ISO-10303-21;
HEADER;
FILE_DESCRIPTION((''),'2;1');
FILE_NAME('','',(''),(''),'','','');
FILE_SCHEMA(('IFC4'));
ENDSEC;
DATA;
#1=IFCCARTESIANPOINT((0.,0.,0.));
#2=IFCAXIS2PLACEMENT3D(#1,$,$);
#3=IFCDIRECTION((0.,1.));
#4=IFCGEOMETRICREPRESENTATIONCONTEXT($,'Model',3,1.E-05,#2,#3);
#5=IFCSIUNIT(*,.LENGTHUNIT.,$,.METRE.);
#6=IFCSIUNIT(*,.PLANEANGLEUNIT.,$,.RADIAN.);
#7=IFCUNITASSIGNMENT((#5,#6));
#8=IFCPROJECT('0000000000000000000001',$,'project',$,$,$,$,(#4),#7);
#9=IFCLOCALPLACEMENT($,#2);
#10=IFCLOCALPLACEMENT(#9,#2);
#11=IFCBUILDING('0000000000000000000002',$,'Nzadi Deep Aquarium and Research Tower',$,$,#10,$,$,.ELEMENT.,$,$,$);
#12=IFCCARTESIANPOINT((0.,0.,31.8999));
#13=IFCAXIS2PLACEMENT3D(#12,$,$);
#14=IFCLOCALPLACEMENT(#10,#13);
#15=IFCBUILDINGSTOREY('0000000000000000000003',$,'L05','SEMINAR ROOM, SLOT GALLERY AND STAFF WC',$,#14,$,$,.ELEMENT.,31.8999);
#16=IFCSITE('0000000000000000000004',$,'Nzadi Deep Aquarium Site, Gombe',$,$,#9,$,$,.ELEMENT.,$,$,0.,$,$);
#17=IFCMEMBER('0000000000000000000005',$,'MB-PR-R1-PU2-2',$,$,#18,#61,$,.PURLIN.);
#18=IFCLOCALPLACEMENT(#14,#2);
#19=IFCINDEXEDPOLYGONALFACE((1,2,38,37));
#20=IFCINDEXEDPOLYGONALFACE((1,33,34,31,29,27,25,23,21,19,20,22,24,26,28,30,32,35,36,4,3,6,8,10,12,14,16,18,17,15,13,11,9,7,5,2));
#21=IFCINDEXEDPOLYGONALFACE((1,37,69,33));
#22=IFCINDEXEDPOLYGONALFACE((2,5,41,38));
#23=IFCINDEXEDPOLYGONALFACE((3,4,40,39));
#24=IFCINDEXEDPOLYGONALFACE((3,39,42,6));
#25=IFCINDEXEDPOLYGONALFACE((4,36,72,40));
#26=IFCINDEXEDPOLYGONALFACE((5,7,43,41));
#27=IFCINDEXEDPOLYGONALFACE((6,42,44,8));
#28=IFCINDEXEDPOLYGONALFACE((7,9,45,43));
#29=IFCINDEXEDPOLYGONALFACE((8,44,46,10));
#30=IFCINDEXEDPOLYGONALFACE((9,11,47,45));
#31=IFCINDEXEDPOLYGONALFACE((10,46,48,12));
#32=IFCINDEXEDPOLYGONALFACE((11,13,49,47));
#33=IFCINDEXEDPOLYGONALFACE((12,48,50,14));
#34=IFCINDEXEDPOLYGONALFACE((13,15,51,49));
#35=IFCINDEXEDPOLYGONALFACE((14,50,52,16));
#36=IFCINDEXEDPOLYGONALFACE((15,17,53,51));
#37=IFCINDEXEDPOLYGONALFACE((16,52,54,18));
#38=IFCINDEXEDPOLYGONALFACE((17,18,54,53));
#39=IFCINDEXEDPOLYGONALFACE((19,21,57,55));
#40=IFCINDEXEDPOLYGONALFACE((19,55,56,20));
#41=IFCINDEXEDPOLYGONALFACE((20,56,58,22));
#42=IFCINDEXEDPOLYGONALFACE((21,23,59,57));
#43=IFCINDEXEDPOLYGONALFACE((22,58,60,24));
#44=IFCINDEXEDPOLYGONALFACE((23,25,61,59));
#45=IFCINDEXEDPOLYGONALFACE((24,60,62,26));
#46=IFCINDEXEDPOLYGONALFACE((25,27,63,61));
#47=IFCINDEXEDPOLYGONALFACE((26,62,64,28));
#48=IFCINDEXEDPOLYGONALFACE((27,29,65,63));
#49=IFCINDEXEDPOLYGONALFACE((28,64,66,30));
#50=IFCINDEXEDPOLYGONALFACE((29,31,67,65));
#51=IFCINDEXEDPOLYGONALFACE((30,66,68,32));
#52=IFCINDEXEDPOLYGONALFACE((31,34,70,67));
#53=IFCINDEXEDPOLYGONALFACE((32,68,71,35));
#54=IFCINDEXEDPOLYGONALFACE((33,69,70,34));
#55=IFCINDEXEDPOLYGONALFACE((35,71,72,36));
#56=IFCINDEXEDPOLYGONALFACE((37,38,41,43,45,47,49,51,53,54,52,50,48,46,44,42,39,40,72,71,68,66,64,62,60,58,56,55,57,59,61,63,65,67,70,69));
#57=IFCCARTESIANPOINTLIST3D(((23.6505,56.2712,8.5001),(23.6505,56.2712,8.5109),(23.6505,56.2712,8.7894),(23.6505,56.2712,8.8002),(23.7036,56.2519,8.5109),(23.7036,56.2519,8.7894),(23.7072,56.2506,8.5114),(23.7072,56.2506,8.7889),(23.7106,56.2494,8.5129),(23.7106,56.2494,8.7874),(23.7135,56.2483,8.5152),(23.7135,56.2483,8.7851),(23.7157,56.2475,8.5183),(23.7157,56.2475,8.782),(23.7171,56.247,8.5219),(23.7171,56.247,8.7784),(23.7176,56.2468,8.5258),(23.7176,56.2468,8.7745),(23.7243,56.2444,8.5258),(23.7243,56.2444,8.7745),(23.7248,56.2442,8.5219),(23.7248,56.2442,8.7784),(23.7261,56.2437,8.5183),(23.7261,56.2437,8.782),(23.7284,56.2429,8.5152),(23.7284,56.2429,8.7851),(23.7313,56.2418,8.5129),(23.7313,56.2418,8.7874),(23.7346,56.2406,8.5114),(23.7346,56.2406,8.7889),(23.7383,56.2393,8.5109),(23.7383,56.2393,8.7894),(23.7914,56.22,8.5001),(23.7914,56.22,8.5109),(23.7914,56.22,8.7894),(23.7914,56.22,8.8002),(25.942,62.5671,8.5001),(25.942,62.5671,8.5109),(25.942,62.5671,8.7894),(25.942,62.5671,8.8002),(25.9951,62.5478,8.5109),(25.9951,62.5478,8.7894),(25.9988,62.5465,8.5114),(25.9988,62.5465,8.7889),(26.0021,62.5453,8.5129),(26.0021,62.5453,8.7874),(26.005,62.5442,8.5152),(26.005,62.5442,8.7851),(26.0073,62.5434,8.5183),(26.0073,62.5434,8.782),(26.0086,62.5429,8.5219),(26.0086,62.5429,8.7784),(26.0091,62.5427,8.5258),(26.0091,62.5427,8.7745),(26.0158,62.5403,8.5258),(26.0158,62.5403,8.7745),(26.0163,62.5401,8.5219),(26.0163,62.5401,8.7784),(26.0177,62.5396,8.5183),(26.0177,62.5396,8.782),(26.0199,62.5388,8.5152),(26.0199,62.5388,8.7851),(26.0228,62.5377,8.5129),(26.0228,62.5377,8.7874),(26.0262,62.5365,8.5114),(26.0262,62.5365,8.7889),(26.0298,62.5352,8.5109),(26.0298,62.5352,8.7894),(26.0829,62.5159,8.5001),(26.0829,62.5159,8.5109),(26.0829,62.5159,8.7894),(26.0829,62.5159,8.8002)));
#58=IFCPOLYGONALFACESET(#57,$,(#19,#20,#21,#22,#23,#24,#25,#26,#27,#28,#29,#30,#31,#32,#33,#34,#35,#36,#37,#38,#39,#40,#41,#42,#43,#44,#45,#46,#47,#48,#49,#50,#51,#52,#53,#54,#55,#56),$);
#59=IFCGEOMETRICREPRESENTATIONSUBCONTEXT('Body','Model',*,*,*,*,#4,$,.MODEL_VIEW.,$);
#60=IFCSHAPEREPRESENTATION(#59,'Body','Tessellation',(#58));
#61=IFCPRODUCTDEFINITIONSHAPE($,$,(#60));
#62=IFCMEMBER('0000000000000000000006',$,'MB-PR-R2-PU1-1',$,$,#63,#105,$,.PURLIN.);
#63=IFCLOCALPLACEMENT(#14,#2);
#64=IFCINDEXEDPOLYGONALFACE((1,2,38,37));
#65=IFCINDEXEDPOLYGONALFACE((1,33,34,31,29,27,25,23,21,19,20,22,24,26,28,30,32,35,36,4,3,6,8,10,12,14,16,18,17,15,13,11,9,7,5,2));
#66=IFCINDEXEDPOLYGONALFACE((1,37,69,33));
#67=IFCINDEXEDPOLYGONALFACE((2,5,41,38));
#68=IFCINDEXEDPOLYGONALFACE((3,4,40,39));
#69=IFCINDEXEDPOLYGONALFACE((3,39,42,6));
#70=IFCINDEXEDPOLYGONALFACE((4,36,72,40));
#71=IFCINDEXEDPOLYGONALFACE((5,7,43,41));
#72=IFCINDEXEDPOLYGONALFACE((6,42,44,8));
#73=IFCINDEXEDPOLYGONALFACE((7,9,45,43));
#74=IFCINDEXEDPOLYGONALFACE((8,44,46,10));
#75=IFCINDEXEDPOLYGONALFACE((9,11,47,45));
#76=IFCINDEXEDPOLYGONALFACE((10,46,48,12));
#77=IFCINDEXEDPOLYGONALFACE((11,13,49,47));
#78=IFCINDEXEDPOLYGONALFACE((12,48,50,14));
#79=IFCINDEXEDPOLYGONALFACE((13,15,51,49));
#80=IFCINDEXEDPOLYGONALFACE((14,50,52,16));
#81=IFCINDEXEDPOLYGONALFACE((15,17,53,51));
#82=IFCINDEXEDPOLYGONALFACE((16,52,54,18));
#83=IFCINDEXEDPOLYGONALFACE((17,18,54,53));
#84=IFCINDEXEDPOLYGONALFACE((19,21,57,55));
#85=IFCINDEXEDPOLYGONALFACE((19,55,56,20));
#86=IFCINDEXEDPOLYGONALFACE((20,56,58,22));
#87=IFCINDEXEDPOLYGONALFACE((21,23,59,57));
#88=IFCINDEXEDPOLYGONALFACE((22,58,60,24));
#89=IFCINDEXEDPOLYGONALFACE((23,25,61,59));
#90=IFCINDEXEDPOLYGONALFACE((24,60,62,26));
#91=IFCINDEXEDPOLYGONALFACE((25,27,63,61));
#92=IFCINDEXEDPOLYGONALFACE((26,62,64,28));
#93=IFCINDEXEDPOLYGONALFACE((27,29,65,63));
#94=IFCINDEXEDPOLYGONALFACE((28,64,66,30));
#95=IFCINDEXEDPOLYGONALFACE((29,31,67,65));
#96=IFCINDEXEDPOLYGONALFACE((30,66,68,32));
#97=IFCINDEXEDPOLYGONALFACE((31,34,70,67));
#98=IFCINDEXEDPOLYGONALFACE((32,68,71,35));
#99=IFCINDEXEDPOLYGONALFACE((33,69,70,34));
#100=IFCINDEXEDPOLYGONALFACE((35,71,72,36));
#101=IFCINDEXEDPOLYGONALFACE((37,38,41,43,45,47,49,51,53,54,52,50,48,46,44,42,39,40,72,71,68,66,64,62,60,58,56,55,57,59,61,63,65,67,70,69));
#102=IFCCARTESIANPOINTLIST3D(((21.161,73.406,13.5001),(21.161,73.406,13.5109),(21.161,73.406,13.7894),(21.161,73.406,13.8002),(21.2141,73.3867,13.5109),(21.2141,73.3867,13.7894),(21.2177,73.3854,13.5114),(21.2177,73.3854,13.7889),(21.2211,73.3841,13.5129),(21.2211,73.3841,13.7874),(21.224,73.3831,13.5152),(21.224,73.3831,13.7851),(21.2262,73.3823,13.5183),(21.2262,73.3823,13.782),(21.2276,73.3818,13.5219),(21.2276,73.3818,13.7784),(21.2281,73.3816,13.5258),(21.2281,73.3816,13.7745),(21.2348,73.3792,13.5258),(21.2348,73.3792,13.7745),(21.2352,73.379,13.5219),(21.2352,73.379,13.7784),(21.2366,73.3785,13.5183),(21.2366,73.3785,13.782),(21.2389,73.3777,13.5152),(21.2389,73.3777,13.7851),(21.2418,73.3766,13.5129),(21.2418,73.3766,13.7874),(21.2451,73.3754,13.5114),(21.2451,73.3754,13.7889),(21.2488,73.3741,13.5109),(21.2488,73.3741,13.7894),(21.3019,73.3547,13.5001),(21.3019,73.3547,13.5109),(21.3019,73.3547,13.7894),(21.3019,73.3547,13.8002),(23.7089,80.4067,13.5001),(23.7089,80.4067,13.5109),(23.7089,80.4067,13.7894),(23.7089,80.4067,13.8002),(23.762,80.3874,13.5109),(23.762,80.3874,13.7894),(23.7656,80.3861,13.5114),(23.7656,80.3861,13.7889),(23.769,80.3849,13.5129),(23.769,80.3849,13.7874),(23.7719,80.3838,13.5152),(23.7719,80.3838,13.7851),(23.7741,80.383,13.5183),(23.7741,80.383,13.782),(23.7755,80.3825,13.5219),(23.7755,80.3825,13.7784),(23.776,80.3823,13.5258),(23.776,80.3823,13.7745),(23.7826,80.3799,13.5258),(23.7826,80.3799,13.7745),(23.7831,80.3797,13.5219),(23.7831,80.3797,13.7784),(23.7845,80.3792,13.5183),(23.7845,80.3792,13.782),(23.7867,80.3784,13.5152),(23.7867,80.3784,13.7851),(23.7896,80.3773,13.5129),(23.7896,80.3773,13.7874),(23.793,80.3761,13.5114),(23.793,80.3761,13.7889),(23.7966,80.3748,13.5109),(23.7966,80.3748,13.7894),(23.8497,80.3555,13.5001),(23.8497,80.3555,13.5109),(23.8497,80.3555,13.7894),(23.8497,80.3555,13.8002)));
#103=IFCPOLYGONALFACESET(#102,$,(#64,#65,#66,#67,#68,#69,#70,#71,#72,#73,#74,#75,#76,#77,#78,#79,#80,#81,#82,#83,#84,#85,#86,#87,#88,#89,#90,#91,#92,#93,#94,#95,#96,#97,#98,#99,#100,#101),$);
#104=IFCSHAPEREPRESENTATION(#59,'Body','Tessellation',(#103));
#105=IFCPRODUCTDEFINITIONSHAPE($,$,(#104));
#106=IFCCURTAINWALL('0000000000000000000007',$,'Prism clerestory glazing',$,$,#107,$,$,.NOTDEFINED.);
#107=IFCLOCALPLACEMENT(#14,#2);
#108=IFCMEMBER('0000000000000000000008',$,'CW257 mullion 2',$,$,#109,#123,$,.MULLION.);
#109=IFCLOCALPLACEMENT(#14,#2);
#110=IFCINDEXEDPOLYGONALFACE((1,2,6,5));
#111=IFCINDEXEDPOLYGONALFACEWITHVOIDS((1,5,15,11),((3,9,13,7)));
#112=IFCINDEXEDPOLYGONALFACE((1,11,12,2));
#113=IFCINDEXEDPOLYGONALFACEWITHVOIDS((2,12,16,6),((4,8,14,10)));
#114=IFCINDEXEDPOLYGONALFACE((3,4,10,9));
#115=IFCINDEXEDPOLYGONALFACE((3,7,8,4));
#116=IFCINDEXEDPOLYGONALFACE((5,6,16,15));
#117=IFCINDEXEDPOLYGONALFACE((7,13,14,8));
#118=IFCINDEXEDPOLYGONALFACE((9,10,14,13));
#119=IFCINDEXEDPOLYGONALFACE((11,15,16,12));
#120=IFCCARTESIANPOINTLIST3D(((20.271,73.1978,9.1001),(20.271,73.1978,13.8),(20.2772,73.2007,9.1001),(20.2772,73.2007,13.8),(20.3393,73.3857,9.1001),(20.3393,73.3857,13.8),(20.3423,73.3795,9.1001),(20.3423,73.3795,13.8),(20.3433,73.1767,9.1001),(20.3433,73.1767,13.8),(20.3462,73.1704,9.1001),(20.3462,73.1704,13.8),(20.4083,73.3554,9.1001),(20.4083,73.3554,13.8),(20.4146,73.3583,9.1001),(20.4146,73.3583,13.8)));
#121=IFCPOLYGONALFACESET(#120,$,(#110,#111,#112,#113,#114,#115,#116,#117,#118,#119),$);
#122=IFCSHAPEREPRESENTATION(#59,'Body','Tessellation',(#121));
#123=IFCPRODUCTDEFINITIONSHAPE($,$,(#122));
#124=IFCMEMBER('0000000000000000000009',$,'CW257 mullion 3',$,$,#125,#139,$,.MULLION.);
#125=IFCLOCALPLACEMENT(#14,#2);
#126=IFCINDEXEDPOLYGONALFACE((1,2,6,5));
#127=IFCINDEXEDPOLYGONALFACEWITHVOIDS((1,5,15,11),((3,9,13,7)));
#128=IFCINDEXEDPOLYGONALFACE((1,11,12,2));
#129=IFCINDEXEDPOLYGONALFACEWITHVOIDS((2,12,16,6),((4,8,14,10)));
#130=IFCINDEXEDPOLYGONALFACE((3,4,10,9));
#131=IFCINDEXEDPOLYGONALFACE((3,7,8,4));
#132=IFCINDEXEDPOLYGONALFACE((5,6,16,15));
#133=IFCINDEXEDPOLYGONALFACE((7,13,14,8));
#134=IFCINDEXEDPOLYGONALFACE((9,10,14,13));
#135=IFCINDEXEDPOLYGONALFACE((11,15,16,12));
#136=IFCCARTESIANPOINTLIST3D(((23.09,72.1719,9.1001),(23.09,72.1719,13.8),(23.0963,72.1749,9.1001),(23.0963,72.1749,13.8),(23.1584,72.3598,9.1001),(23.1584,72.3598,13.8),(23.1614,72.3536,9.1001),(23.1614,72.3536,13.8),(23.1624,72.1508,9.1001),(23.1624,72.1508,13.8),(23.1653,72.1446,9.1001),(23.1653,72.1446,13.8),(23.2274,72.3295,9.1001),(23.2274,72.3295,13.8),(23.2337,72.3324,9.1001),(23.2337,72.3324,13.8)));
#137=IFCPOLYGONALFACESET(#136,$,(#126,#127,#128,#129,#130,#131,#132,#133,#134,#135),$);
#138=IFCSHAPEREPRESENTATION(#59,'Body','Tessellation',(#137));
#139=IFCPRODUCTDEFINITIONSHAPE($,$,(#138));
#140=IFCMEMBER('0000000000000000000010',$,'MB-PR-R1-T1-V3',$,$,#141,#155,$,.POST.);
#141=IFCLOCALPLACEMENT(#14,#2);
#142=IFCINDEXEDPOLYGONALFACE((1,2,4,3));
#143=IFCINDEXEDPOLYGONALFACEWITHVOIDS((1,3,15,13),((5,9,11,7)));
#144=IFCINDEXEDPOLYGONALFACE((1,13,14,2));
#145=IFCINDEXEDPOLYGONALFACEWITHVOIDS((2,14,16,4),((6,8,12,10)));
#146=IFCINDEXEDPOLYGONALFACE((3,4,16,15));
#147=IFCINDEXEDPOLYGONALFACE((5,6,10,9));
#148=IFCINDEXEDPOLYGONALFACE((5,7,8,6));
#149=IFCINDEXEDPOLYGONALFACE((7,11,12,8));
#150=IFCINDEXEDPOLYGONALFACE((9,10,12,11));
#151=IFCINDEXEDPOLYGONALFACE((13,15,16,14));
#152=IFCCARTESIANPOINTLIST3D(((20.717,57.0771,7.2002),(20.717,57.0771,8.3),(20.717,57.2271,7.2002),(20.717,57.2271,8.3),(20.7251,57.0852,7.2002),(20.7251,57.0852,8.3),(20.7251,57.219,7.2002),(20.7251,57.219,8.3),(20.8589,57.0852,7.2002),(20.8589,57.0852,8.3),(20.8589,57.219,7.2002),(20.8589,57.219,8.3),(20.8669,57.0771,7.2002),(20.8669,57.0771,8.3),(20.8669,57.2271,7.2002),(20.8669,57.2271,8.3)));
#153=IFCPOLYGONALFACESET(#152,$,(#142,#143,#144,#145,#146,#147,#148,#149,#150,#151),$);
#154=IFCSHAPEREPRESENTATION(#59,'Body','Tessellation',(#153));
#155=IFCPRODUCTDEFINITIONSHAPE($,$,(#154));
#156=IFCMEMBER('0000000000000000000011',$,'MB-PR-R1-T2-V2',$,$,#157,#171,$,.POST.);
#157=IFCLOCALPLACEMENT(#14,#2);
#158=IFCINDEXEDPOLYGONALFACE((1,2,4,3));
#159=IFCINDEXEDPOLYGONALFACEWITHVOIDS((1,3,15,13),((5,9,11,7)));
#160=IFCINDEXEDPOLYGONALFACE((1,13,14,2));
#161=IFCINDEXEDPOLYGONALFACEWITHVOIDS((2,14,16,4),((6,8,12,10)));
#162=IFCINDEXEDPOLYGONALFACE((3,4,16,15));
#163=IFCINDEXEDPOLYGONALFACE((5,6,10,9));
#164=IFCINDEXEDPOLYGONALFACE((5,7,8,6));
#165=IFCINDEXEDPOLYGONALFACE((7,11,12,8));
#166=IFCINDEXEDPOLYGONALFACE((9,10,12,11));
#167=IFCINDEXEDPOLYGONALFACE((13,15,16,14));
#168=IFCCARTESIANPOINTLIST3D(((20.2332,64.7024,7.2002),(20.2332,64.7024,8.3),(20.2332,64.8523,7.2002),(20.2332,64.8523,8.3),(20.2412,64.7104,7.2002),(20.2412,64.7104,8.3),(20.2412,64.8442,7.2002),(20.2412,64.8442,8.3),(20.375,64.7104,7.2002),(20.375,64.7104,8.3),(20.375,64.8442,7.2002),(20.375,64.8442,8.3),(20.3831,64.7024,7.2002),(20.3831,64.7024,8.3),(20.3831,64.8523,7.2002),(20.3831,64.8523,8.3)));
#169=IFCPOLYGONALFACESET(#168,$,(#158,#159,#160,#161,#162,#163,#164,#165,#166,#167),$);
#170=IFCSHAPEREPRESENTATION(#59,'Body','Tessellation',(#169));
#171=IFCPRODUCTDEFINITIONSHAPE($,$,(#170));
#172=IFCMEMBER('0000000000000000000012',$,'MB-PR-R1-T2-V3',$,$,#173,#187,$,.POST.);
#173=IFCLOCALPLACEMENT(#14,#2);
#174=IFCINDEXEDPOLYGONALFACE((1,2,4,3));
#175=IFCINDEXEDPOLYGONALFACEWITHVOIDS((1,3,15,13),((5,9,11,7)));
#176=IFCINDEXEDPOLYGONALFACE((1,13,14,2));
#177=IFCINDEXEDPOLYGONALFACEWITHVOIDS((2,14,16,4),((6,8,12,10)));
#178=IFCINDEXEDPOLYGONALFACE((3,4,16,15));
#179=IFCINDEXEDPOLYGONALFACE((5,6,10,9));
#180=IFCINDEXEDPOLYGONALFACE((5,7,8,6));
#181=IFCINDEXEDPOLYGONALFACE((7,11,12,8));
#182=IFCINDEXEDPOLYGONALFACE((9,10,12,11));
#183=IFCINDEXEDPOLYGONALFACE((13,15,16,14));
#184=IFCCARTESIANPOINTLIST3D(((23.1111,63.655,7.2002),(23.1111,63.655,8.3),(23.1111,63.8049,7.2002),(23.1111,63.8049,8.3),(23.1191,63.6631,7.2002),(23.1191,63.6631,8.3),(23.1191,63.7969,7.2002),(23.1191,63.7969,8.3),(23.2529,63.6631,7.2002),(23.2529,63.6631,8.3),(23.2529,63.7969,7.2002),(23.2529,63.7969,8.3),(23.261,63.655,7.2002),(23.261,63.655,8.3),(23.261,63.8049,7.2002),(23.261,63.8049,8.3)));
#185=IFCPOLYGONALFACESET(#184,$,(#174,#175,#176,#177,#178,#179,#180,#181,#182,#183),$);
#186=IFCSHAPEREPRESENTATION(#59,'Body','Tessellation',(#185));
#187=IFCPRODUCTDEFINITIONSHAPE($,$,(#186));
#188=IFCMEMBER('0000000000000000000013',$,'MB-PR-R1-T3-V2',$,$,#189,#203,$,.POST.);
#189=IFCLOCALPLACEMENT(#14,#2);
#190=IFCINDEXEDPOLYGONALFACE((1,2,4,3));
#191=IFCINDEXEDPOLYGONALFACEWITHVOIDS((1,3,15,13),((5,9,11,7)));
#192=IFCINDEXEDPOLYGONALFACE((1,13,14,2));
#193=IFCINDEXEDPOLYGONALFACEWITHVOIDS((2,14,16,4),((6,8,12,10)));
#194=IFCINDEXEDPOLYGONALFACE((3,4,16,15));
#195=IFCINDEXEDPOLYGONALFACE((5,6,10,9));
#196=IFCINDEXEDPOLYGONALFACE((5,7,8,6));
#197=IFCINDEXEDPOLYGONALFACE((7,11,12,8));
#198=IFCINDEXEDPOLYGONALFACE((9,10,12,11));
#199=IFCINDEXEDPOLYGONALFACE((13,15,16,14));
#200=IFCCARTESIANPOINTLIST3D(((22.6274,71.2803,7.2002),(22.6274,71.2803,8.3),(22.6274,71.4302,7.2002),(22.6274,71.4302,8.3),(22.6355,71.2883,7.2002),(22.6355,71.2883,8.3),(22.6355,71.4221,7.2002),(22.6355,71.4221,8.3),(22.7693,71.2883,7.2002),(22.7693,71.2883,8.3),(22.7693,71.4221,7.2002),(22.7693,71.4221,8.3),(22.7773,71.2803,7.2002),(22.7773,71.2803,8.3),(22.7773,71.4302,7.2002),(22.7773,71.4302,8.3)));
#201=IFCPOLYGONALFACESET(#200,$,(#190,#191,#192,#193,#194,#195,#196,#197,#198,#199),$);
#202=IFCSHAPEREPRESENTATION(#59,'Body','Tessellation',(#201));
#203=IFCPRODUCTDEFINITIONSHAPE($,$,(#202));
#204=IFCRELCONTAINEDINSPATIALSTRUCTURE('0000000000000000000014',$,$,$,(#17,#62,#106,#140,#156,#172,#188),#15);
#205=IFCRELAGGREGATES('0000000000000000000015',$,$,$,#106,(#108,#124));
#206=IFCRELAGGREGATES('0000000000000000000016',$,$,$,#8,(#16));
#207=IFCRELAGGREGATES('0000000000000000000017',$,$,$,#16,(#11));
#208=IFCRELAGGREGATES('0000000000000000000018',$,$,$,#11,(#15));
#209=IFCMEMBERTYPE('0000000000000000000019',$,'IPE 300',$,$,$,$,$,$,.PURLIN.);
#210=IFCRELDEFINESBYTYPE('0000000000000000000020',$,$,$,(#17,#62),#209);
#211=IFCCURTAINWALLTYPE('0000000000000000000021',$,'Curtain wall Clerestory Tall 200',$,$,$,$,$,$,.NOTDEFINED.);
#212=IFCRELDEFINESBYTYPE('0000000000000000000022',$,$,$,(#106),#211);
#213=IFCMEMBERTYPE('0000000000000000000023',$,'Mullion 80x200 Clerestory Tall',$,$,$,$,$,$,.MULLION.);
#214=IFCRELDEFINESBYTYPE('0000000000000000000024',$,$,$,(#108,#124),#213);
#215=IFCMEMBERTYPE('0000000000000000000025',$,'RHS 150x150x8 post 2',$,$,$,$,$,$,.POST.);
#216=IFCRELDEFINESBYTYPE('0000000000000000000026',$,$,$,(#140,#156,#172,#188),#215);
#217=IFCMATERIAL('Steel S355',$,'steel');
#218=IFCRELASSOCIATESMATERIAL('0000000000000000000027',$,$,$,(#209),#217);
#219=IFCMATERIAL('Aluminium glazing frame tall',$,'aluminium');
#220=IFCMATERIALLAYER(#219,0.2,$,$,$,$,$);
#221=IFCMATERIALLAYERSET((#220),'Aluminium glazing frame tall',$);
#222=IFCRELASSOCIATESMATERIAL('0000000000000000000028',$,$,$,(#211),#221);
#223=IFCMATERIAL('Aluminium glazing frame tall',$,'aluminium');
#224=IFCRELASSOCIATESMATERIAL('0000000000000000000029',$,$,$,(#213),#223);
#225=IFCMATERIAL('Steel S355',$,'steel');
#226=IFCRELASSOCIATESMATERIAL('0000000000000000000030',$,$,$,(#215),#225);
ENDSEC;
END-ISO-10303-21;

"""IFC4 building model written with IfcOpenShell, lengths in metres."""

from ifc_helpers import new_model, si_unit, direction, frame, origin, origin_2d, place, context, subcontext, project, spatial, hollow_rectangle, i_section, extrude, material, layer, layer_set, material_profile, profile_set, type_object, element, aggregate, save


model = new_model("IFC4")

# Units and contexts
model_context = context("Model", 3, precision=1e-05, world=origin(), true_north=direction((0.0, 1.0)))
body_context = subcontext(model_context, "Body", "Model", "MODEL_VIEW")
ifc_project = project(units=[si_unit("LENGTHUNIT", "METRE"), si_unit("PLANEANGLEUNIT", "RADIAN")], contexts=[model_context])

# Site, building, storey
site_placement = place(None, origin())
site = spatial("IfcSite", under=ifc_project, at=site_placement, Name="Nzadi Deep Aquarium Site, Gombe", CompositionType="ELEMENT", RefElevation=0.0)
building_placement = place(site_placement, origin())
building = spatial("IfcBuilding", under=site, at=building_placement, Name="Nzadi Deep Aquarium and Research Tower", CompositionType="ELEMENT")
storey_placement = place(building_placement, frame((0.0, 0.0, 31.8999)))
storey = spatial("IfcBuildingStorey", under=building, at=storey_placement, Name="L05", Description="SEMINAR ROOM, SLOT GALLERY AND STAFF WC", CompositionType="ELEMENT", Elevation=31.8999)

# Members
ifc_material_1 = material(Name="Steel S355", Category="steel")
ifc_material_profile_1 = material_profile(ifc_material_1, i_section(OverallWidth=0.1499, OverallDepth=0.3, WebThickness=0.0071, FlangeThickness=0.0107, FilletRadius=0.0149, at=origin_2d()))
ifc_profile_set_1 = profile_set([ifc_material_profile_1], Name="Steel S355")
member_type_1 = type_object("IfcMemberType", Name="IPE 300", PredefinedType="PURLIN", material=ifc_profile_set_1)
member_1_placement = place(storey_placement, frame((23.7209, 56.2456, 8.6501), z_axis=(0.342018, 0.939693, 0.0), x_axis=(-0.939693, 0.342018, 0.0)))
element("IfcMember", 1, at=member_1_placement, inside=storey, type_object=member_type_1, Name="MB-PR-R1-PU2-2", PredefinedType="PURLIN", context=body_context, shape_type="SweptSolid", body=[
    extrude(i_section(OverallWidth=0.1499, OverallDepth=0.3, WebThickness=0.0071, FlangeThickness=0.0107, FilletRadius=0.0149, at=origin_2d()), origin(), (0.0, 0.0, 1.0), 6.7),
])
member_2_placement = place(storey_placement, frame((21.2314, 73.3804, 13.6501), z_axis=(0.341996, 0.939702, 0.0), x_axis=(-0.939702, 0.341996, 0.0)))
element("IfcMember", 2, at=member_2_placement, inside=storey, type_object=member_type_1, Name="MB-PR-R2-PU1-1", PredefinedType="PURLIN", context=body_context, shape_type="SweptSolid", body=[
    extrude(i_section(OverallWidth=0.1499, OverallDepth=0.3, WebThickness=0.0071, FlangeThickness=0.0107, FilletRadius=0.0149, at=origin_2d()), origin(), (0.0, 0.0, 1.0), 7.45),
])

# Curtain wall, members
ifc_material_2 = material(Name="Aluminium glazing frame tall", Category="aluminium")
ifc_layer_1 = layer(ifc_material_2, 0.2)
ifc_layer_set_1 = layer_set([ifc_layer_1], Name="Aluminium glazing frame tall")
curtain_wall_type = type_object("IfcCurtainWallType", Name="Curtain wall Clerestory Tall 200", PredefinedType="NOTDEFINED", material=ifc_layer_set_1)
curtain_wall_placement = place(storey_placement, origin())
curtain_wall = element("IfcCurtainWall", 3, at=curtain_wall_placement, inside=storey, type_object=curtain_wall_type, Name="Prism clerestory glazing", PredefinedType="NOTDEFINED")
ifc_material_3 = material(Name="Aluminium glazing frame tall", Category="aluminium")
ifc_material_profile_2 = material_profile(ifc_material_3, hollow_rectangle(XDim=0.2, YDim=0.0801, WallThickness=0.0049, at=origin_2d()))
ifc_profile_set_2 = profile_set([ifc_material_profile_2], Name="Aluminium glazing frame tall")
member_type_2 = type_object("IfcMemberType", Name="Mullion 80x200 Clerestory Tall", PredefinedType="MULLION", material=ifc_profile_set_2)
member_3_placement = place(storey_placement, frame((20.3428, 73.2781, 9.1001), z_axis=(0.0, 0.0, 1.0), x_axis=(0.34202, 0.939693, 0.0)))
member_3 = element("IfcMember", 4, at=member_3_placement, type_object=member_type_2, Name="CW257 mullion 2", PredefinedType="MULLION", context=body_context, shape_type="SweptSolid", body=[
    extrude(hollow_rectangle(XDim=0.2, YDim=0.0801, WallThickness=0.0049, at=origin_2d()), origin(), (0.0, 0.0, 1.0), 4.7),
])
member_4_placement = place(storey_placement, frame((23.1619, 72.2522, 9.1001), z_axis=(0.0, 0.0, 1.0), x_axis=(0.34202, 0.939693, 0.0)))
member_4 = element("IfcMember", 5, at=member_4_placement, type_object=member_type_2, Name="CW257 mullion 3", PredefinedType="MULLION", context=body_context, shape_type="SweptSolid", body=[
    extrude(hollow_rectangle(XDim=0.2, YDim=0.0801, WallThickness=0.0049, at=origin_2d()), origin(), (0.0, 0.0, 1.0), 4.7),
])

# Members
ifc_material_4 = material(Name="Steel S355", Category="steel")
ifc_material_profile_3 = material_profile(ifc_material_4, hollow_rectangle(XDim=0.1499, YDim=0.1499, WallThickness=0.0081, at=origin_2d()))
ifc_profile_set_3 = profile_set([ifc_material_profile_3], Name="Steel S355")
member_type_3 = type_object("IfcMemberType", Name="RHS 150x150x8 post 2", PredefinedType="POST", material=ifc_profile_set_3)
for number, where, z_axis, x_axis, name in (
    (6, (20.792, 57.1521, 7.2002), (0.0, 0.0, 1.0), (1.0, 0.0, 0.0), "MB-PR-R1-T1-V3"),
    (7, (20.3081, 64.7773, 7.2002), (0.0, 0.0, 1.0), (1.0, 0.0, 0.0), "MB-PR-R1-T2-V2"),
    (8, (23.186, 63.73, 7.2002), (0.0, 0.0, 1.0), (1.0, 0.0, 0.0), "MB-PR-R1-T2-V3"),
    (9, (22.7024, 71.3552, 7.2002), (0.0, 0.0, 1.0), (1.0, 0.0, 0.0), "MB-PR-R1-T3-V2"),
):
    element("IfcMember", number, at=place(storey_placement, frame(where, z_axis=z_axis, x_axis=x_axis)), inside=storey, type_object=member_type_3, Name=name, PredefinedType="POST", context=body_context, shape_type="SweptSolid", body=[
        extrude(hollow_rectangle(XDim=0.1499, YDim=0.1499, WallThickness=0.0081, at=origin_2d()), origin(), (0.0, 0.0, 1.0), 1.0999),
    ])

aggregate(curtain_wall, [member_3, member_4])

save(model, "model.ifc")
